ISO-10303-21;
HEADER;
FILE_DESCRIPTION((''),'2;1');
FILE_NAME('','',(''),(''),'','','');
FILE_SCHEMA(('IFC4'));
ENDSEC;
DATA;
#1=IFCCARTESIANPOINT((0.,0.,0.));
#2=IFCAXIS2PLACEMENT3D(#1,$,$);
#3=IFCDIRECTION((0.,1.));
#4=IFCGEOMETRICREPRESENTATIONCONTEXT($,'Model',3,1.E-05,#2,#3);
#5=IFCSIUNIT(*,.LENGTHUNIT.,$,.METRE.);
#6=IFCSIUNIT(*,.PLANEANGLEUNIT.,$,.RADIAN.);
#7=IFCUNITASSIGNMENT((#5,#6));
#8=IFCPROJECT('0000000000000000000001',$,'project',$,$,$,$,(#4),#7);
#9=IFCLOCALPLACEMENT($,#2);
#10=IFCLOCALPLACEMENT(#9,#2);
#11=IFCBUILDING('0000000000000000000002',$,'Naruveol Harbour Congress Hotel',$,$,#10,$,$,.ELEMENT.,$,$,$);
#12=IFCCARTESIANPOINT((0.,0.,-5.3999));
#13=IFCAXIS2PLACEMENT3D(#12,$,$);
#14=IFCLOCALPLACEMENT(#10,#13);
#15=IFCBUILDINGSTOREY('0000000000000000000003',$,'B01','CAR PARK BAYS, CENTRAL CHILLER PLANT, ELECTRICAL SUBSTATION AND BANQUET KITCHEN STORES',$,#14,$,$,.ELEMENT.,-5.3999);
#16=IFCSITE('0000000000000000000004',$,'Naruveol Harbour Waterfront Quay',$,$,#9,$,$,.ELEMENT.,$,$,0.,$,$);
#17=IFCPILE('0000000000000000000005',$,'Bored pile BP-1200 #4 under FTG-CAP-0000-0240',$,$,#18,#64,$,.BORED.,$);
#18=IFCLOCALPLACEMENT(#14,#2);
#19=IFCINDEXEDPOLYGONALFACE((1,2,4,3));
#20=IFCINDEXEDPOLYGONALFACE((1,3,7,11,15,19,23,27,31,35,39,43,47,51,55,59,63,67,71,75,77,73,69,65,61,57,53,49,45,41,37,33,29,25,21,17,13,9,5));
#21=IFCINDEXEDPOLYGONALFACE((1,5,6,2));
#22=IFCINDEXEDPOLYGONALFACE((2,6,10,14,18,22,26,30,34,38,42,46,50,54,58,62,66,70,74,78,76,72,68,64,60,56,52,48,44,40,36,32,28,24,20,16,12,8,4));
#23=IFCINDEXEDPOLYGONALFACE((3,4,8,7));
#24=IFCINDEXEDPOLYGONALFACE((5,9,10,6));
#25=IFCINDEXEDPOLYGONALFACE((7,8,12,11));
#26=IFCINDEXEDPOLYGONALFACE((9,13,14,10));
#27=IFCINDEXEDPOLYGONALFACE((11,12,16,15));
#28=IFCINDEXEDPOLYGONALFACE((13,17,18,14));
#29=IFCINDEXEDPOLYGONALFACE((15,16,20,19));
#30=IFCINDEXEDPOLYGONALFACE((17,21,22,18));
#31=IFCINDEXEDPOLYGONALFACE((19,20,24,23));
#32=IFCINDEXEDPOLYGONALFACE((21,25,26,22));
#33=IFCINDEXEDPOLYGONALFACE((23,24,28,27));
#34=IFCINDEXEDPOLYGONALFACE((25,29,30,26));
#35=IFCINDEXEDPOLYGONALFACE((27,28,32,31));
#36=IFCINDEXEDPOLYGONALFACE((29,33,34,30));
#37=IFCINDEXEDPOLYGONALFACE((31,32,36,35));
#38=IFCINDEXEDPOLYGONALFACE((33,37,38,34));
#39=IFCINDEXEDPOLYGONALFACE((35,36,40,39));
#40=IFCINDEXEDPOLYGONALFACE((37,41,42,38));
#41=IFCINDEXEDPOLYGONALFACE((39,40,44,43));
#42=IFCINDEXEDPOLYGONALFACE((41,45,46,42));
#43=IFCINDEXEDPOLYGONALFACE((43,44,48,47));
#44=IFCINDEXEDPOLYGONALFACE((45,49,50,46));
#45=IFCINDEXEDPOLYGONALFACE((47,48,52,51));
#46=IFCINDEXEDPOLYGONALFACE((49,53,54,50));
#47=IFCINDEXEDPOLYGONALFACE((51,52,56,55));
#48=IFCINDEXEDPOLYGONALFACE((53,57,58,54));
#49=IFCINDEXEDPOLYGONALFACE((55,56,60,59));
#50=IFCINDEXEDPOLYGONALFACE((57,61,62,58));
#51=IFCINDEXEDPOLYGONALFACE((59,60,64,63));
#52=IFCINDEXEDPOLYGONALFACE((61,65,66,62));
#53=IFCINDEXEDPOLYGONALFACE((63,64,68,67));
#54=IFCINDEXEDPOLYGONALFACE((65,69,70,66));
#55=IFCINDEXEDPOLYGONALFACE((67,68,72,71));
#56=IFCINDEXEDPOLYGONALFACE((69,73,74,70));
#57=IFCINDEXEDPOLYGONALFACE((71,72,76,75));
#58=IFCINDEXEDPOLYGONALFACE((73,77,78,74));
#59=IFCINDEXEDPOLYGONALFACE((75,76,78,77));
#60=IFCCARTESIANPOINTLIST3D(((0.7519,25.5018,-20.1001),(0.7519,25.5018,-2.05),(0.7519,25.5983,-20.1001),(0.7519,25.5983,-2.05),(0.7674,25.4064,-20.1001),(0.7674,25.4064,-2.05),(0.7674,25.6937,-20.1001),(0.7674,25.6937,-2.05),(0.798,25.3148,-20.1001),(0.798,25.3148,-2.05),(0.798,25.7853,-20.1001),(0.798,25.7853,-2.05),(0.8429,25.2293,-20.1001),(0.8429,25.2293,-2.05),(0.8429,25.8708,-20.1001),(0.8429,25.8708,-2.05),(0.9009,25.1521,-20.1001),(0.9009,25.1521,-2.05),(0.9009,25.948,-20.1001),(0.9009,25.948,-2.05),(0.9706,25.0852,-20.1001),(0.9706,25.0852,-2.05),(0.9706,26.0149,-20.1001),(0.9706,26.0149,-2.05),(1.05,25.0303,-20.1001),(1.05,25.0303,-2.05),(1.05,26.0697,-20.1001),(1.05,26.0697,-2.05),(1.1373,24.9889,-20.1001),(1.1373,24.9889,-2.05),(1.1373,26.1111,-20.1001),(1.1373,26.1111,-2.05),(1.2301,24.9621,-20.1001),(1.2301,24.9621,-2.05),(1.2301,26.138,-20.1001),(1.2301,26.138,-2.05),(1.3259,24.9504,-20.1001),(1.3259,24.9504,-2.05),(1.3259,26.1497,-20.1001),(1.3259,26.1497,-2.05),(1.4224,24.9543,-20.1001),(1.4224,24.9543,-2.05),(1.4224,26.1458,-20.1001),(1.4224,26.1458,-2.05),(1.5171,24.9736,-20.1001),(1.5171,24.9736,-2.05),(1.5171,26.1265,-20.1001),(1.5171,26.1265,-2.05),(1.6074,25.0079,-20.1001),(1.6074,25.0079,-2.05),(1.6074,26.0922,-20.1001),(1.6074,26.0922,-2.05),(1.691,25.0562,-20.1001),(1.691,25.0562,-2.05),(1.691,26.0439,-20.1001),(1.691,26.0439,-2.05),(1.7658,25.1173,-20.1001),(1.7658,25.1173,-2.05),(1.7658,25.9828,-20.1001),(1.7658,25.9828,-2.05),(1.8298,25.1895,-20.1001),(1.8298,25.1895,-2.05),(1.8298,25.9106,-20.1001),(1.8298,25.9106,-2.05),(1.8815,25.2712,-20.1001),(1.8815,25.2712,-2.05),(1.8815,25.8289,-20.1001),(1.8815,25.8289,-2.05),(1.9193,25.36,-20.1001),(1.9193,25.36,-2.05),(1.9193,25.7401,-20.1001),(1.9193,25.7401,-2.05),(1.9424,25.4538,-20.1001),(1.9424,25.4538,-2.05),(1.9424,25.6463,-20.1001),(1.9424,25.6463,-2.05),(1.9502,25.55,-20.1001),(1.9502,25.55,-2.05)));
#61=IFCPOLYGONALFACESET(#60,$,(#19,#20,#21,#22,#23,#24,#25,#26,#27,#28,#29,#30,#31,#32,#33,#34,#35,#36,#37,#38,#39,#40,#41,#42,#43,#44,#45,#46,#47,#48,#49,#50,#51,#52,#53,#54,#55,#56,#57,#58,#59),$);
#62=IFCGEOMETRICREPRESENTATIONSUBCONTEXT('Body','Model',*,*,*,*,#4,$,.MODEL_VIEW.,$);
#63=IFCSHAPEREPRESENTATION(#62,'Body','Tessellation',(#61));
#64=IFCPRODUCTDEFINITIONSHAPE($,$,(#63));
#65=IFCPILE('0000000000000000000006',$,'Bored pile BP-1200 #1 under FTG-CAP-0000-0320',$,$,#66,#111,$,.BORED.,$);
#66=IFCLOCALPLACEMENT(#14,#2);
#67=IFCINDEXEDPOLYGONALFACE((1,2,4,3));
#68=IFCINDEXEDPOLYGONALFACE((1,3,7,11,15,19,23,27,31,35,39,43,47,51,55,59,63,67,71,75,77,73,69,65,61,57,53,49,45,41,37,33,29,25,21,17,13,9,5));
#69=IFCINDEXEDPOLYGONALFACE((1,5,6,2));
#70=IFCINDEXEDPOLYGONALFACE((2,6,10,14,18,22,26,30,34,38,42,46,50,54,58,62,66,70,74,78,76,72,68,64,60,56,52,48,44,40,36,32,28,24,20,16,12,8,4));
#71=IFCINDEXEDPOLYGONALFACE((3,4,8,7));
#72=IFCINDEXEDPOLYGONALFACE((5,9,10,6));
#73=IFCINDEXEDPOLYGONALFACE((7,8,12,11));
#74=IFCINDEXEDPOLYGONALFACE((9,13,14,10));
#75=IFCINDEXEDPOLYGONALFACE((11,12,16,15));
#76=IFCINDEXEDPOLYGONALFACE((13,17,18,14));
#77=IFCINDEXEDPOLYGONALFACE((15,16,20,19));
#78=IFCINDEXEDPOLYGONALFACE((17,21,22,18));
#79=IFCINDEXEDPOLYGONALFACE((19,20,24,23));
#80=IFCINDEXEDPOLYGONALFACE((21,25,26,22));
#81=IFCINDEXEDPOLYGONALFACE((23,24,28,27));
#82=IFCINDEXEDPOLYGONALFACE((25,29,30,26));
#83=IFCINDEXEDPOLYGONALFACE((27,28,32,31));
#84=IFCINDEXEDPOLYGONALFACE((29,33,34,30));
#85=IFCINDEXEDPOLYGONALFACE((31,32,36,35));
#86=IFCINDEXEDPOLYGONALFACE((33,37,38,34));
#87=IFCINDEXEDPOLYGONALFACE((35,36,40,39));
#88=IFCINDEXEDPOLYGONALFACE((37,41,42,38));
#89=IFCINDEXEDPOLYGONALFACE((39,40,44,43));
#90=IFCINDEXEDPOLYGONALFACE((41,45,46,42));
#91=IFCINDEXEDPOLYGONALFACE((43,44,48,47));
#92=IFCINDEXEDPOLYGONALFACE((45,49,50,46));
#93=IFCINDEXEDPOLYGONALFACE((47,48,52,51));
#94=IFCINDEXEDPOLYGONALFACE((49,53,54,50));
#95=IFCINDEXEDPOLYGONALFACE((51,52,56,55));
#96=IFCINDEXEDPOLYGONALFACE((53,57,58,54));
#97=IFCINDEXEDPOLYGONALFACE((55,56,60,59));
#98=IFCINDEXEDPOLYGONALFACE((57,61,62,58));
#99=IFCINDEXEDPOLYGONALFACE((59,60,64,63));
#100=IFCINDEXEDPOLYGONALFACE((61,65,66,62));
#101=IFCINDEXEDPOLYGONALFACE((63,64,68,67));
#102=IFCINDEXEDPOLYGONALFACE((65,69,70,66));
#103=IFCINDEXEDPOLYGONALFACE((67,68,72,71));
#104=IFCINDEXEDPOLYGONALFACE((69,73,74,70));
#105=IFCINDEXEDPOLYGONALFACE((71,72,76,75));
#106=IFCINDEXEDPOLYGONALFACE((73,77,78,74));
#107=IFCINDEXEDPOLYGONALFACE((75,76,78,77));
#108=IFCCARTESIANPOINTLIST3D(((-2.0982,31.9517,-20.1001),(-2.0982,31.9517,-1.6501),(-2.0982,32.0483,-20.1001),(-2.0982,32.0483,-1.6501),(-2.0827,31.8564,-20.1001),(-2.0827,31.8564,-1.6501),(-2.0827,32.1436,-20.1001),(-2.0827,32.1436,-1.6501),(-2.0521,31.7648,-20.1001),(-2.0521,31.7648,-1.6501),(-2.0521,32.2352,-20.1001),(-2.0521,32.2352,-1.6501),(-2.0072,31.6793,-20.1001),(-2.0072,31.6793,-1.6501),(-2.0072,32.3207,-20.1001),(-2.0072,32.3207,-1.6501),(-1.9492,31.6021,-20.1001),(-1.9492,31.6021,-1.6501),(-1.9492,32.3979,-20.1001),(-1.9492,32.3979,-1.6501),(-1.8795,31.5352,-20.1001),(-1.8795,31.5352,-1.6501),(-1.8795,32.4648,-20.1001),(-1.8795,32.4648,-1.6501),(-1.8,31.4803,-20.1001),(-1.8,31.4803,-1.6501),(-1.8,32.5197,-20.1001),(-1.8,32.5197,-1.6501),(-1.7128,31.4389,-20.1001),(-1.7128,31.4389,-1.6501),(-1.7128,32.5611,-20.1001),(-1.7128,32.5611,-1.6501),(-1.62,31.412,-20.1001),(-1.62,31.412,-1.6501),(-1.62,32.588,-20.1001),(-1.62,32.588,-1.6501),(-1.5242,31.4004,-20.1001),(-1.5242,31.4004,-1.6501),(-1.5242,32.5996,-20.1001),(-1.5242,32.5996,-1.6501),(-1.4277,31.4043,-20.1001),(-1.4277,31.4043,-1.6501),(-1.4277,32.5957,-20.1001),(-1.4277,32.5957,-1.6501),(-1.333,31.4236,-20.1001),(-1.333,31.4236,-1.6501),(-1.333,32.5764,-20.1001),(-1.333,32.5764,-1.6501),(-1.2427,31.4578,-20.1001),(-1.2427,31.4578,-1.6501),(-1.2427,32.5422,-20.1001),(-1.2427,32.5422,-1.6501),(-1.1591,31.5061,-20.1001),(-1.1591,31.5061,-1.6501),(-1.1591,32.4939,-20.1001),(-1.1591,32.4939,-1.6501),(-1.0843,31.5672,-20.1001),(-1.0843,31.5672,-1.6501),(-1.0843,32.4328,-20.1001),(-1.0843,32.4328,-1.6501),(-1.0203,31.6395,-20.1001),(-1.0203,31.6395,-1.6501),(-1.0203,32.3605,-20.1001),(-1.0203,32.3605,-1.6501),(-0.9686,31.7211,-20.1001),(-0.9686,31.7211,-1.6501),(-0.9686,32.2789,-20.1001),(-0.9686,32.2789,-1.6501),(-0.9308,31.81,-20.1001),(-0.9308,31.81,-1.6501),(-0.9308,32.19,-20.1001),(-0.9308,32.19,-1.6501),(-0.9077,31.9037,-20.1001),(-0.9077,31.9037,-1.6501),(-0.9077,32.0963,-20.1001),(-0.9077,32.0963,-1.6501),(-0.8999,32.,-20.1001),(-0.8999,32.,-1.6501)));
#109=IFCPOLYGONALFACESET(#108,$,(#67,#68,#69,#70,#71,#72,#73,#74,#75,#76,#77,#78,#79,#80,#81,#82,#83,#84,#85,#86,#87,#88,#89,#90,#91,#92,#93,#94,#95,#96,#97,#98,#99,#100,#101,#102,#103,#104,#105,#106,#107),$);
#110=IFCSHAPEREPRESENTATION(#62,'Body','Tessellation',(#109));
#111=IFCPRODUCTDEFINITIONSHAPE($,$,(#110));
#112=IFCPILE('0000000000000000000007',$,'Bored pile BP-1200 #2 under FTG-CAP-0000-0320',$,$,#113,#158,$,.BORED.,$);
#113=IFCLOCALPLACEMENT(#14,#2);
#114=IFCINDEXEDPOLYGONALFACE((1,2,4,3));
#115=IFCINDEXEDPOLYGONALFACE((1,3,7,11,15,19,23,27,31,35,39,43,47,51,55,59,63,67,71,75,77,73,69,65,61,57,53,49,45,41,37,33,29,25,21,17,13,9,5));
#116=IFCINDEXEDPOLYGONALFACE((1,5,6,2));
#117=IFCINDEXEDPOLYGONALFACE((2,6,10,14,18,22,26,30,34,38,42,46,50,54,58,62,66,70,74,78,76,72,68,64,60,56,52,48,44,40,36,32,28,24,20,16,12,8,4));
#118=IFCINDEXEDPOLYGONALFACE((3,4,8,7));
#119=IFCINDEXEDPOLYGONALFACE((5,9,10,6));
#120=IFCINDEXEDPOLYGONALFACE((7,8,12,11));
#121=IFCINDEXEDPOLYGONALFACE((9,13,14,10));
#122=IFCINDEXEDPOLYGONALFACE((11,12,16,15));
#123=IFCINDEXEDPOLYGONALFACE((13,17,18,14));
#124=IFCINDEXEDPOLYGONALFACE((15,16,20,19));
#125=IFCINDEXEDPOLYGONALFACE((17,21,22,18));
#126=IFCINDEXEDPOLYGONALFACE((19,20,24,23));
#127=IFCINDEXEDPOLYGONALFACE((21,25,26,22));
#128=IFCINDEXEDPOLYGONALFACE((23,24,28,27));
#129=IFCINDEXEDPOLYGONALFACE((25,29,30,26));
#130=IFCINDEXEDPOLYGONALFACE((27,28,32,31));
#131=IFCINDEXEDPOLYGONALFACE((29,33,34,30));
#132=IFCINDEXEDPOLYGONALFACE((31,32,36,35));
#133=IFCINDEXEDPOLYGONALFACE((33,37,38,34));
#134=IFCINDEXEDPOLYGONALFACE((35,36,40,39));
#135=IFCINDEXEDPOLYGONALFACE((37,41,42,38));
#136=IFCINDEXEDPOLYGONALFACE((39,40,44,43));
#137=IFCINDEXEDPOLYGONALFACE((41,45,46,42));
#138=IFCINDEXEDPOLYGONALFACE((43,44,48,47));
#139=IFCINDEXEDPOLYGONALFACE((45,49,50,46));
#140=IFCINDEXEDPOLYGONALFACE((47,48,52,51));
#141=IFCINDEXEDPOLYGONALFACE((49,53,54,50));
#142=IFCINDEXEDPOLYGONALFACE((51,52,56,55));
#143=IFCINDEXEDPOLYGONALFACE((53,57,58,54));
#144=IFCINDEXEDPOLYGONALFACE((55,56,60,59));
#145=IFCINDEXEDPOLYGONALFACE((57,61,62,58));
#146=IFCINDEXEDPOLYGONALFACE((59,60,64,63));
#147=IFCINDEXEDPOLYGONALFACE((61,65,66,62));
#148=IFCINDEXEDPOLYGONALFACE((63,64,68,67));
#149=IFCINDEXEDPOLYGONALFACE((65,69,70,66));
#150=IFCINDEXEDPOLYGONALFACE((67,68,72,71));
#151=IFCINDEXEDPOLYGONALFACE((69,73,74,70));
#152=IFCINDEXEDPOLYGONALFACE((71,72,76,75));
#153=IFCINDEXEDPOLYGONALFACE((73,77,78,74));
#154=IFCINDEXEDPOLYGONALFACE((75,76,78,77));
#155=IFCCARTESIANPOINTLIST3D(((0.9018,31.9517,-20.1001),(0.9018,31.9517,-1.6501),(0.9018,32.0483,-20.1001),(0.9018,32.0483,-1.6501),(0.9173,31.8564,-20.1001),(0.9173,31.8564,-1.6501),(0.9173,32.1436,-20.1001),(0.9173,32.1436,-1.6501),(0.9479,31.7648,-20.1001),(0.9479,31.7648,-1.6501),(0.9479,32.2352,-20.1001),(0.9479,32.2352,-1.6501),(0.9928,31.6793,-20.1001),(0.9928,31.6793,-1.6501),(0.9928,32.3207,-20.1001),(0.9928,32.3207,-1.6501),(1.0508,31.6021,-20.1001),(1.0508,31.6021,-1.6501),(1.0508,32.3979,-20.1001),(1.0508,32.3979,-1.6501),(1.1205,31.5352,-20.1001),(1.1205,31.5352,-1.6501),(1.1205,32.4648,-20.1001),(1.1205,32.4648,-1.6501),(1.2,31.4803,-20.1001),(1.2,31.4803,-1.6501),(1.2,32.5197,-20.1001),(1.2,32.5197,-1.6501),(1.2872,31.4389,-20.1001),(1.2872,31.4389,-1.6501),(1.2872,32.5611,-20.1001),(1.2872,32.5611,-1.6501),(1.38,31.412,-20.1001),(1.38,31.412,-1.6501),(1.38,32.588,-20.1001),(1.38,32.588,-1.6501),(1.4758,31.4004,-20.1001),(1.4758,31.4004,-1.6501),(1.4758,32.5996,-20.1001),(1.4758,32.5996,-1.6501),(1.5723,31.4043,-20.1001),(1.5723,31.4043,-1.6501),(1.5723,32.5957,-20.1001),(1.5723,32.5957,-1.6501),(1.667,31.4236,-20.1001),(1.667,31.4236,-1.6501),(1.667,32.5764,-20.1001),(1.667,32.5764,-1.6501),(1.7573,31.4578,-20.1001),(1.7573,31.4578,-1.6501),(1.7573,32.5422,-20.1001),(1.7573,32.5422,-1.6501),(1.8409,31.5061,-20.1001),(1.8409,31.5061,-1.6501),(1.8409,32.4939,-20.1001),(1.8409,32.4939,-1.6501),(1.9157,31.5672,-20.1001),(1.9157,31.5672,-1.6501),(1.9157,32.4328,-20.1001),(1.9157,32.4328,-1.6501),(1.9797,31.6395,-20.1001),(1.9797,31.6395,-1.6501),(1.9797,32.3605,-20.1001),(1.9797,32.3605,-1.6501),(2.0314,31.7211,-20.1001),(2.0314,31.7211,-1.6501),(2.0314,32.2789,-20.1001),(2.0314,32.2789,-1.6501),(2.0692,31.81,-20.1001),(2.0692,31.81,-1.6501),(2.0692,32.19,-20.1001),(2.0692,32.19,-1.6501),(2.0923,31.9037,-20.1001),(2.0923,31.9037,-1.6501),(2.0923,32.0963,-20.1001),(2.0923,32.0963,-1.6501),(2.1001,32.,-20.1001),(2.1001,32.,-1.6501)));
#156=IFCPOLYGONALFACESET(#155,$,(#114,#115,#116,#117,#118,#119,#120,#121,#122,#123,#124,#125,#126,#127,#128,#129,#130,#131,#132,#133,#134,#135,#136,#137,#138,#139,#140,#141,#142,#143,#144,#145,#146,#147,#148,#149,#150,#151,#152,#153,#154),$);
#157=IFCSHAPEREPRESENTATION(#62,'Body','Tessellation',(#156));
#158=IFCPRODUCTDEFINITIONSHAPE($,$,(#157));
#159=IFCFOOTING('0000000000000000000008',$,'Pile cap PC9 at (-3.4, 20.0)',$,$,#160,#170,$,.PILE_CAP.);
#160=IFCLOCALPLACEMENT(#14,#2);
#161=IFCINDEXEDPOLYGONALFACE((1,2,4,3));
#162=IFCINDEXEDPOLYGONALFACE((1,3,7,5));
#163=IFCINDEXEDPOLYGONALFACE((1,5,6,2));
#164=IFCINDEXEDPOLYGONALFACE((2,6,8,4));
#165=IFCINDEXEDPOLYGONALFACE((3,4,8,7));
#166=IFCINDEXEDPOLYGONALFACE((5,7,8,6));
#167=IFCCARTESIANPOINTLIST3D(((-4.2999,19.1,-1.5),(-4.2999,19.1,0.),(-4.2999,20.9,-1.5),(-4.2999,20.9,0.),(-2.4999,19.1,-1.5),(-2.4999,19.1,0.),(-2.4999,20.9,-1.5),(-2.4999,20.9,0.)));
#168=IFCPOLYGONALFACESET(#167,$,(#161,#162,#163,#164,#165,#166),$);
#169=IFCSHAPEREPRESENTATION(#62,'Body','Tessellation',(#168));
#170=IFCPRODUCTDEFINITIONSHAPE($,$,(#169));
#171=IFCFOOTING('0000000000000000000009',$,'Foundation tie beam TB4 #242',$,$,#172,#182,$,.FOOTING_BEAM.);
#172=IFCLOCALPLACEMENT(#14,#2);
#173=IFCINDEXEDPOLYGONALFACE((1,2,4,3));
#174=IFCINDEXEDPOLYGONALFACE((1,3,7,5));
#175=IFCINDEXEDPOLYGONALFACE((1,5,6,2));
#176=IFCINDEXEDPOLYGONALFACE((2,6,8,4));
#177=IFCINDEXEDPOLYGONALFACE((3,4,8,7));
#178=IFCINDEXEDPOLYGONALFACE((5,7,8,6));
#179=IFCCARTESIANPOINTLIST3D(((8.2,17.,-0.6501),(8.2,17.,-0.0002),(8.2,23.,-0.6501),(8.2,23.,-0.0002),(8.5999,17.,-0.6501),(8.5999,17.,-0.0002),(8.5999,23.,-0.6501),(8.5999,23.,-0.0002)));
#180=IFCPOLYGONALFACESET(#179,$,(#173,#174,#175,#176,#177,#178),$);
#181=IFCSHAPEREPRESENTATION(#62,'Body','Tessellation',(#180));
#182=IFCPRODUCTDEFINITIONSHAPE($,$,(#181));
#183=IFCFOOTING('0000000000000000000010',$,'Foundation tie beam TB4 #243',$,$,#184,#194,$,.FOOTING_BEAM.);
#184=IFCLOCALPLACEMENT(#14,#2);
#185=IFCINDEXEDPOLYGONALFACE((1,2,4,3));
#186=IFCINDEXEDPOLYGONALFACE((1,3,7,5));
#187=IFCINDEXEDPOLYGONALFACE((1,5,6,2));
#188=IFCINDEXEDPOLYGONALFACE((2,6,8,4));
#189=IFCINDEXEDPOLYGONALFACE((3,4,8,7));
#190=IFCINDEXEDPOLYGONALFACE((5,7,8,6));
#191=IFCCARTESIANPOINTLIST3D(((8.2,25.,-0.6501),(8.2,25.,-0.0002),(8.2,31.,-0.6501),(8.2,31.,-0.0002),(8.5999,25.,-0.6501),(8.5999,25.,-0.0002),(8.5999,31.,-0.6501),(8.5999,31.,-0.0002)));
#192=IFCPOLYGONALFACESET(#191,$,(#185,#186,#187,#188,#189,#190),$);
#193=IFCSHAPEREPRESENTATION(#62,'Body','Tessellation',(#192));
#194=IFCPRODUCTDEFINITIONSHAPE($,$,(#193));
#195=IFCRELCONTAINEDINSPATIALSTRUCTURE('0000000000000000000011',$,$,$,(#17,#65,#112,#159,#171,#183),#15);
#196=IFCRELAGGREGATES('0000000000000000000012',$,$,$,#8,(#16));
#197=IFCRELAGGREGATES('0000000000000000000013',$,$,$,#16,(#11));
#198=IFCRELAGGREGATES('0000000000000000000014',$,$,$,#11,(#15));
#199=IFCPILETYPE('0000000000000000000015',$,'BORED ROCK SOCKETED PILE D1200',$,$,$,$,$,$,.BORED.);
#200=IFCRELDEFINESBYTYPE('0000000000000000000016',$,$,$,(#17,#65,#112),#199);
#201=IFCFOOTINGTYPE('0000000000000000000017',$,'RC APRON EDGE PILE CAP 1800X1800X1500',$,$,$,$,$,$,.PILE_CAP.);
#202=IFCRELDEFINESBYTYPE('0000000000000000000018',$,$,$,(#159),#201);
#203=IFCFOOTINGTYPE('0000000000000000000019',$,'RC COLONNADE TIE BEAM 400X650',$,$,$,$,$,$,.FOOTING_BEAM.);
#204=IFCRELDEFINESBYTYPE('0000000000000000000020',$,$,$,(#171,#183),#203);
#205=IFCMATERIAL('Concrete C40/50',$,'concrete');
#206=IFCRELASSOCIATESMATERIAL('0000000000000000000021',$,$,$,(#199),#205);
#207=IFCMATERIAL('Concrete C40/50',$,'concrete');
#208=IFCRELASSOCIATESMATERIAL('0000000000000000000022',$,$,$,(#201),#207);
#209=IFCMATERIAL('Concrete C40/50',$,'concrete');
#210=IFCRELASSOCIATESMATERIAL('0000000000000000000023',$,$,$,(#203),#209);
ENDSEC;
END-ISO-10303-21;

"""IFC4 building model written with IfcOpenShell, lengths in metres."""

from ifc_helpers import new_model, si_unit, direction, frame, origin, origin_2d, place, context, subcontext, project, spatial, rectangle, circle, extrude, material, material_profile, profile_set, type_object, element, save


model = new_model("IFC4")

# Units and contexts
model_context = context("Model", 3, precision=1e-05, world=origin(), true_north=direction((0.0, 1.0)))
body_context = subcontext(model_context, "Body", "Model", "MODEL_VIEW")
ifc_project = project(units=[si_unit("LENGTHUNIT", "METRE"), si_unit("PLANEANGLEUNIT", "RADIAN")], contexts=[model_context])

# Site, building, storey
site_placement = place(None, origin())
site = spatial("IfcSite", under=ifc_project, at=site_placement, Name="Naruveol Harbour Waterfront Quay", CompositionType="ELEMENT", RefElevation=0.0)
building_placement = place(site_placement, origin())
building = spatial("IfcBuilding", under=site, at=building_placement, Name="Naruveol Harbour Congress Hotel", CompositionType="ELEMENT")
storey_placement = place(building_placement, frame((0.0, 0.0, -5.3999)))
storey = spatial("IfcBuildingStorey", under=building, at=storey_placement, Name="B01", Description="CAR PARK BAYS, CENTRAL CHILLER PLANT, ELECTRICAL SUBSTATION AND BANQUET KITCHEN STORES", CompositionType="ELEMENT", Elevation=-5.3999)

# Piles
ifc_material_1 = material(Name="Concrete C40/50", Category="concrete")
ifc_material_profile_1 = material_profile(ifc_material_1, circle(Radius=0.6001, at=origin_2d()), Name="BP-1200")
ifc_profile_set_1 = profile_set([ifc_material_profile_1], Name="Concrete C40/50")
pile_type_1 = type_object("IfcPileType", Name="BORED ROCK SOCKETED PILE D1200", PredefinedType="BORED", material=ifc_profile_set_1)
for number, where, z_axis, x_axis, name in (
    (1, (1.3501, 25.55, -2.05), (0.0, 0.0, -1.0), (1.0, 0.0, 0.0), "Bored pile BP-1200 #4 under FTG-CAP-0000-0240"),
):
    element("IfcPile", number, at=place(storey_placement, frame(where, z_axis=z_axis, x_axis=x_axis)), inside=storey, type_object=pile_type_1, Name=name, PredefinedType="BORED", context=body_context, shape_type="SweptSolid", body=[
        extrude(circle(Radius=0.6001, at=origin_2d()), origin(), (0.0, 0.0, 1.0), 18.05),
    ])
for number, where, z_axis, x_axis, name in (
    (2, (-1.5, 32.0, -1.6501), (0.0, 0.0, -1.0), (1.0, 0.0, 0.0), "Bored pile BP-1200 #1 under FTG-CAP-0000-0320"),
    (3, (1.5, 32.0, -1.6501), (0.0, 0.0, -1.0), (1.0, 0.0, 0.0), "Bored pile BP-1200 #2 under FTG-CAP-0000-0320"),
):
    element("IfcPile", number, at=place(storey_placement, frame(where, z_axis=z_axis, x_axis=x_axis)), inside=storey, type_object=pile_type_1, Name=name, PredefinedType="BORED", context=body_context, shape_type="SweptSolid", body=[
        extrude(circle(Radius=0.6001, at=origin_2d()), origin(), (0.0, 0.0, 1.0), 18.45),
    ])

# Footings
ifc_material_2 = material(Name="Concrete C40/50", Category="concrete")
footing_type_1 = type_object("IfcFootingType", Name="RC APRON EDGE PILE CAP 1800X1800X1500", PredefinedType="PILE_CAP", material=ifc_material_2)
footing_1_placement = place(storey_placement, frame((-3.3999, 20.0, -1.5), z_axis=(0.0, 0.0, 1.0), x_axis=(1.0, 0.0, 0.0)))
element("IfcFooting", 4, at=footing_1_placement, inside=storey, type_object=footing_type_1, Name="Pile cap PC9 at (-3.4, 20.0)", PredefinedType="PILE_CAP", context=body_context, shape_type="SweptSolid", body=[
    extrude(rectangle(XDim=1.8, YDim=1.8, at=origin_2d()), origin(), (0.0, 0.0, 1.0), 1.5),
])
ifc_material_3 = material(Name="Concrete C40/50", Category="concrete")
ifc_material_profile_2 = material_profile(ifc_material_3, rectangle(XDim=0.3999, YDim=0.6499, at=origin_2d()), Name="RCB-400x650")
ifc_profile_set_2 = profile_set([ifc_material_profile_2], Name="Concrete C40/50")
footing_type_2 = type_object("IfcFootingType", Name="RC COLONNADE TIE BEAM 400X650", PredefinedType="FOOTING_BEAM", material=ifc_profile_set_2)
for number, where, z_axis, x_axis, name in (
    (5, (8.3999, 17.0, -0.3252), (0.0, 1.0, 0.0), (-1.0, 0.0, 0.0), "Foundation tie beam TB4 #242"),
    (6, (8.3999, 25.0, -0.3252), (0.0, 1.0, 0.0), (-1.0, 0.0, 0.0), "Foundation tie beam TB4 #243"),
):
    element("IfcFooting", number, at=place(storey_placement, frame(where, z_axis=z_axis, x_axis=x_axis)), inside=storey, type_object=footing_type_2, Name=name, PredefinedType="FOOTING_BEAM", context=body_context, shape_type="SweptSolid", body=[
        extrude(rectangle(XDim=0.3999, YDim=0.6499, at=origin_2d()), origin(), (0.0, 0.0, 1.0), 6.0),
    ])

save(model, "model.ifc")
